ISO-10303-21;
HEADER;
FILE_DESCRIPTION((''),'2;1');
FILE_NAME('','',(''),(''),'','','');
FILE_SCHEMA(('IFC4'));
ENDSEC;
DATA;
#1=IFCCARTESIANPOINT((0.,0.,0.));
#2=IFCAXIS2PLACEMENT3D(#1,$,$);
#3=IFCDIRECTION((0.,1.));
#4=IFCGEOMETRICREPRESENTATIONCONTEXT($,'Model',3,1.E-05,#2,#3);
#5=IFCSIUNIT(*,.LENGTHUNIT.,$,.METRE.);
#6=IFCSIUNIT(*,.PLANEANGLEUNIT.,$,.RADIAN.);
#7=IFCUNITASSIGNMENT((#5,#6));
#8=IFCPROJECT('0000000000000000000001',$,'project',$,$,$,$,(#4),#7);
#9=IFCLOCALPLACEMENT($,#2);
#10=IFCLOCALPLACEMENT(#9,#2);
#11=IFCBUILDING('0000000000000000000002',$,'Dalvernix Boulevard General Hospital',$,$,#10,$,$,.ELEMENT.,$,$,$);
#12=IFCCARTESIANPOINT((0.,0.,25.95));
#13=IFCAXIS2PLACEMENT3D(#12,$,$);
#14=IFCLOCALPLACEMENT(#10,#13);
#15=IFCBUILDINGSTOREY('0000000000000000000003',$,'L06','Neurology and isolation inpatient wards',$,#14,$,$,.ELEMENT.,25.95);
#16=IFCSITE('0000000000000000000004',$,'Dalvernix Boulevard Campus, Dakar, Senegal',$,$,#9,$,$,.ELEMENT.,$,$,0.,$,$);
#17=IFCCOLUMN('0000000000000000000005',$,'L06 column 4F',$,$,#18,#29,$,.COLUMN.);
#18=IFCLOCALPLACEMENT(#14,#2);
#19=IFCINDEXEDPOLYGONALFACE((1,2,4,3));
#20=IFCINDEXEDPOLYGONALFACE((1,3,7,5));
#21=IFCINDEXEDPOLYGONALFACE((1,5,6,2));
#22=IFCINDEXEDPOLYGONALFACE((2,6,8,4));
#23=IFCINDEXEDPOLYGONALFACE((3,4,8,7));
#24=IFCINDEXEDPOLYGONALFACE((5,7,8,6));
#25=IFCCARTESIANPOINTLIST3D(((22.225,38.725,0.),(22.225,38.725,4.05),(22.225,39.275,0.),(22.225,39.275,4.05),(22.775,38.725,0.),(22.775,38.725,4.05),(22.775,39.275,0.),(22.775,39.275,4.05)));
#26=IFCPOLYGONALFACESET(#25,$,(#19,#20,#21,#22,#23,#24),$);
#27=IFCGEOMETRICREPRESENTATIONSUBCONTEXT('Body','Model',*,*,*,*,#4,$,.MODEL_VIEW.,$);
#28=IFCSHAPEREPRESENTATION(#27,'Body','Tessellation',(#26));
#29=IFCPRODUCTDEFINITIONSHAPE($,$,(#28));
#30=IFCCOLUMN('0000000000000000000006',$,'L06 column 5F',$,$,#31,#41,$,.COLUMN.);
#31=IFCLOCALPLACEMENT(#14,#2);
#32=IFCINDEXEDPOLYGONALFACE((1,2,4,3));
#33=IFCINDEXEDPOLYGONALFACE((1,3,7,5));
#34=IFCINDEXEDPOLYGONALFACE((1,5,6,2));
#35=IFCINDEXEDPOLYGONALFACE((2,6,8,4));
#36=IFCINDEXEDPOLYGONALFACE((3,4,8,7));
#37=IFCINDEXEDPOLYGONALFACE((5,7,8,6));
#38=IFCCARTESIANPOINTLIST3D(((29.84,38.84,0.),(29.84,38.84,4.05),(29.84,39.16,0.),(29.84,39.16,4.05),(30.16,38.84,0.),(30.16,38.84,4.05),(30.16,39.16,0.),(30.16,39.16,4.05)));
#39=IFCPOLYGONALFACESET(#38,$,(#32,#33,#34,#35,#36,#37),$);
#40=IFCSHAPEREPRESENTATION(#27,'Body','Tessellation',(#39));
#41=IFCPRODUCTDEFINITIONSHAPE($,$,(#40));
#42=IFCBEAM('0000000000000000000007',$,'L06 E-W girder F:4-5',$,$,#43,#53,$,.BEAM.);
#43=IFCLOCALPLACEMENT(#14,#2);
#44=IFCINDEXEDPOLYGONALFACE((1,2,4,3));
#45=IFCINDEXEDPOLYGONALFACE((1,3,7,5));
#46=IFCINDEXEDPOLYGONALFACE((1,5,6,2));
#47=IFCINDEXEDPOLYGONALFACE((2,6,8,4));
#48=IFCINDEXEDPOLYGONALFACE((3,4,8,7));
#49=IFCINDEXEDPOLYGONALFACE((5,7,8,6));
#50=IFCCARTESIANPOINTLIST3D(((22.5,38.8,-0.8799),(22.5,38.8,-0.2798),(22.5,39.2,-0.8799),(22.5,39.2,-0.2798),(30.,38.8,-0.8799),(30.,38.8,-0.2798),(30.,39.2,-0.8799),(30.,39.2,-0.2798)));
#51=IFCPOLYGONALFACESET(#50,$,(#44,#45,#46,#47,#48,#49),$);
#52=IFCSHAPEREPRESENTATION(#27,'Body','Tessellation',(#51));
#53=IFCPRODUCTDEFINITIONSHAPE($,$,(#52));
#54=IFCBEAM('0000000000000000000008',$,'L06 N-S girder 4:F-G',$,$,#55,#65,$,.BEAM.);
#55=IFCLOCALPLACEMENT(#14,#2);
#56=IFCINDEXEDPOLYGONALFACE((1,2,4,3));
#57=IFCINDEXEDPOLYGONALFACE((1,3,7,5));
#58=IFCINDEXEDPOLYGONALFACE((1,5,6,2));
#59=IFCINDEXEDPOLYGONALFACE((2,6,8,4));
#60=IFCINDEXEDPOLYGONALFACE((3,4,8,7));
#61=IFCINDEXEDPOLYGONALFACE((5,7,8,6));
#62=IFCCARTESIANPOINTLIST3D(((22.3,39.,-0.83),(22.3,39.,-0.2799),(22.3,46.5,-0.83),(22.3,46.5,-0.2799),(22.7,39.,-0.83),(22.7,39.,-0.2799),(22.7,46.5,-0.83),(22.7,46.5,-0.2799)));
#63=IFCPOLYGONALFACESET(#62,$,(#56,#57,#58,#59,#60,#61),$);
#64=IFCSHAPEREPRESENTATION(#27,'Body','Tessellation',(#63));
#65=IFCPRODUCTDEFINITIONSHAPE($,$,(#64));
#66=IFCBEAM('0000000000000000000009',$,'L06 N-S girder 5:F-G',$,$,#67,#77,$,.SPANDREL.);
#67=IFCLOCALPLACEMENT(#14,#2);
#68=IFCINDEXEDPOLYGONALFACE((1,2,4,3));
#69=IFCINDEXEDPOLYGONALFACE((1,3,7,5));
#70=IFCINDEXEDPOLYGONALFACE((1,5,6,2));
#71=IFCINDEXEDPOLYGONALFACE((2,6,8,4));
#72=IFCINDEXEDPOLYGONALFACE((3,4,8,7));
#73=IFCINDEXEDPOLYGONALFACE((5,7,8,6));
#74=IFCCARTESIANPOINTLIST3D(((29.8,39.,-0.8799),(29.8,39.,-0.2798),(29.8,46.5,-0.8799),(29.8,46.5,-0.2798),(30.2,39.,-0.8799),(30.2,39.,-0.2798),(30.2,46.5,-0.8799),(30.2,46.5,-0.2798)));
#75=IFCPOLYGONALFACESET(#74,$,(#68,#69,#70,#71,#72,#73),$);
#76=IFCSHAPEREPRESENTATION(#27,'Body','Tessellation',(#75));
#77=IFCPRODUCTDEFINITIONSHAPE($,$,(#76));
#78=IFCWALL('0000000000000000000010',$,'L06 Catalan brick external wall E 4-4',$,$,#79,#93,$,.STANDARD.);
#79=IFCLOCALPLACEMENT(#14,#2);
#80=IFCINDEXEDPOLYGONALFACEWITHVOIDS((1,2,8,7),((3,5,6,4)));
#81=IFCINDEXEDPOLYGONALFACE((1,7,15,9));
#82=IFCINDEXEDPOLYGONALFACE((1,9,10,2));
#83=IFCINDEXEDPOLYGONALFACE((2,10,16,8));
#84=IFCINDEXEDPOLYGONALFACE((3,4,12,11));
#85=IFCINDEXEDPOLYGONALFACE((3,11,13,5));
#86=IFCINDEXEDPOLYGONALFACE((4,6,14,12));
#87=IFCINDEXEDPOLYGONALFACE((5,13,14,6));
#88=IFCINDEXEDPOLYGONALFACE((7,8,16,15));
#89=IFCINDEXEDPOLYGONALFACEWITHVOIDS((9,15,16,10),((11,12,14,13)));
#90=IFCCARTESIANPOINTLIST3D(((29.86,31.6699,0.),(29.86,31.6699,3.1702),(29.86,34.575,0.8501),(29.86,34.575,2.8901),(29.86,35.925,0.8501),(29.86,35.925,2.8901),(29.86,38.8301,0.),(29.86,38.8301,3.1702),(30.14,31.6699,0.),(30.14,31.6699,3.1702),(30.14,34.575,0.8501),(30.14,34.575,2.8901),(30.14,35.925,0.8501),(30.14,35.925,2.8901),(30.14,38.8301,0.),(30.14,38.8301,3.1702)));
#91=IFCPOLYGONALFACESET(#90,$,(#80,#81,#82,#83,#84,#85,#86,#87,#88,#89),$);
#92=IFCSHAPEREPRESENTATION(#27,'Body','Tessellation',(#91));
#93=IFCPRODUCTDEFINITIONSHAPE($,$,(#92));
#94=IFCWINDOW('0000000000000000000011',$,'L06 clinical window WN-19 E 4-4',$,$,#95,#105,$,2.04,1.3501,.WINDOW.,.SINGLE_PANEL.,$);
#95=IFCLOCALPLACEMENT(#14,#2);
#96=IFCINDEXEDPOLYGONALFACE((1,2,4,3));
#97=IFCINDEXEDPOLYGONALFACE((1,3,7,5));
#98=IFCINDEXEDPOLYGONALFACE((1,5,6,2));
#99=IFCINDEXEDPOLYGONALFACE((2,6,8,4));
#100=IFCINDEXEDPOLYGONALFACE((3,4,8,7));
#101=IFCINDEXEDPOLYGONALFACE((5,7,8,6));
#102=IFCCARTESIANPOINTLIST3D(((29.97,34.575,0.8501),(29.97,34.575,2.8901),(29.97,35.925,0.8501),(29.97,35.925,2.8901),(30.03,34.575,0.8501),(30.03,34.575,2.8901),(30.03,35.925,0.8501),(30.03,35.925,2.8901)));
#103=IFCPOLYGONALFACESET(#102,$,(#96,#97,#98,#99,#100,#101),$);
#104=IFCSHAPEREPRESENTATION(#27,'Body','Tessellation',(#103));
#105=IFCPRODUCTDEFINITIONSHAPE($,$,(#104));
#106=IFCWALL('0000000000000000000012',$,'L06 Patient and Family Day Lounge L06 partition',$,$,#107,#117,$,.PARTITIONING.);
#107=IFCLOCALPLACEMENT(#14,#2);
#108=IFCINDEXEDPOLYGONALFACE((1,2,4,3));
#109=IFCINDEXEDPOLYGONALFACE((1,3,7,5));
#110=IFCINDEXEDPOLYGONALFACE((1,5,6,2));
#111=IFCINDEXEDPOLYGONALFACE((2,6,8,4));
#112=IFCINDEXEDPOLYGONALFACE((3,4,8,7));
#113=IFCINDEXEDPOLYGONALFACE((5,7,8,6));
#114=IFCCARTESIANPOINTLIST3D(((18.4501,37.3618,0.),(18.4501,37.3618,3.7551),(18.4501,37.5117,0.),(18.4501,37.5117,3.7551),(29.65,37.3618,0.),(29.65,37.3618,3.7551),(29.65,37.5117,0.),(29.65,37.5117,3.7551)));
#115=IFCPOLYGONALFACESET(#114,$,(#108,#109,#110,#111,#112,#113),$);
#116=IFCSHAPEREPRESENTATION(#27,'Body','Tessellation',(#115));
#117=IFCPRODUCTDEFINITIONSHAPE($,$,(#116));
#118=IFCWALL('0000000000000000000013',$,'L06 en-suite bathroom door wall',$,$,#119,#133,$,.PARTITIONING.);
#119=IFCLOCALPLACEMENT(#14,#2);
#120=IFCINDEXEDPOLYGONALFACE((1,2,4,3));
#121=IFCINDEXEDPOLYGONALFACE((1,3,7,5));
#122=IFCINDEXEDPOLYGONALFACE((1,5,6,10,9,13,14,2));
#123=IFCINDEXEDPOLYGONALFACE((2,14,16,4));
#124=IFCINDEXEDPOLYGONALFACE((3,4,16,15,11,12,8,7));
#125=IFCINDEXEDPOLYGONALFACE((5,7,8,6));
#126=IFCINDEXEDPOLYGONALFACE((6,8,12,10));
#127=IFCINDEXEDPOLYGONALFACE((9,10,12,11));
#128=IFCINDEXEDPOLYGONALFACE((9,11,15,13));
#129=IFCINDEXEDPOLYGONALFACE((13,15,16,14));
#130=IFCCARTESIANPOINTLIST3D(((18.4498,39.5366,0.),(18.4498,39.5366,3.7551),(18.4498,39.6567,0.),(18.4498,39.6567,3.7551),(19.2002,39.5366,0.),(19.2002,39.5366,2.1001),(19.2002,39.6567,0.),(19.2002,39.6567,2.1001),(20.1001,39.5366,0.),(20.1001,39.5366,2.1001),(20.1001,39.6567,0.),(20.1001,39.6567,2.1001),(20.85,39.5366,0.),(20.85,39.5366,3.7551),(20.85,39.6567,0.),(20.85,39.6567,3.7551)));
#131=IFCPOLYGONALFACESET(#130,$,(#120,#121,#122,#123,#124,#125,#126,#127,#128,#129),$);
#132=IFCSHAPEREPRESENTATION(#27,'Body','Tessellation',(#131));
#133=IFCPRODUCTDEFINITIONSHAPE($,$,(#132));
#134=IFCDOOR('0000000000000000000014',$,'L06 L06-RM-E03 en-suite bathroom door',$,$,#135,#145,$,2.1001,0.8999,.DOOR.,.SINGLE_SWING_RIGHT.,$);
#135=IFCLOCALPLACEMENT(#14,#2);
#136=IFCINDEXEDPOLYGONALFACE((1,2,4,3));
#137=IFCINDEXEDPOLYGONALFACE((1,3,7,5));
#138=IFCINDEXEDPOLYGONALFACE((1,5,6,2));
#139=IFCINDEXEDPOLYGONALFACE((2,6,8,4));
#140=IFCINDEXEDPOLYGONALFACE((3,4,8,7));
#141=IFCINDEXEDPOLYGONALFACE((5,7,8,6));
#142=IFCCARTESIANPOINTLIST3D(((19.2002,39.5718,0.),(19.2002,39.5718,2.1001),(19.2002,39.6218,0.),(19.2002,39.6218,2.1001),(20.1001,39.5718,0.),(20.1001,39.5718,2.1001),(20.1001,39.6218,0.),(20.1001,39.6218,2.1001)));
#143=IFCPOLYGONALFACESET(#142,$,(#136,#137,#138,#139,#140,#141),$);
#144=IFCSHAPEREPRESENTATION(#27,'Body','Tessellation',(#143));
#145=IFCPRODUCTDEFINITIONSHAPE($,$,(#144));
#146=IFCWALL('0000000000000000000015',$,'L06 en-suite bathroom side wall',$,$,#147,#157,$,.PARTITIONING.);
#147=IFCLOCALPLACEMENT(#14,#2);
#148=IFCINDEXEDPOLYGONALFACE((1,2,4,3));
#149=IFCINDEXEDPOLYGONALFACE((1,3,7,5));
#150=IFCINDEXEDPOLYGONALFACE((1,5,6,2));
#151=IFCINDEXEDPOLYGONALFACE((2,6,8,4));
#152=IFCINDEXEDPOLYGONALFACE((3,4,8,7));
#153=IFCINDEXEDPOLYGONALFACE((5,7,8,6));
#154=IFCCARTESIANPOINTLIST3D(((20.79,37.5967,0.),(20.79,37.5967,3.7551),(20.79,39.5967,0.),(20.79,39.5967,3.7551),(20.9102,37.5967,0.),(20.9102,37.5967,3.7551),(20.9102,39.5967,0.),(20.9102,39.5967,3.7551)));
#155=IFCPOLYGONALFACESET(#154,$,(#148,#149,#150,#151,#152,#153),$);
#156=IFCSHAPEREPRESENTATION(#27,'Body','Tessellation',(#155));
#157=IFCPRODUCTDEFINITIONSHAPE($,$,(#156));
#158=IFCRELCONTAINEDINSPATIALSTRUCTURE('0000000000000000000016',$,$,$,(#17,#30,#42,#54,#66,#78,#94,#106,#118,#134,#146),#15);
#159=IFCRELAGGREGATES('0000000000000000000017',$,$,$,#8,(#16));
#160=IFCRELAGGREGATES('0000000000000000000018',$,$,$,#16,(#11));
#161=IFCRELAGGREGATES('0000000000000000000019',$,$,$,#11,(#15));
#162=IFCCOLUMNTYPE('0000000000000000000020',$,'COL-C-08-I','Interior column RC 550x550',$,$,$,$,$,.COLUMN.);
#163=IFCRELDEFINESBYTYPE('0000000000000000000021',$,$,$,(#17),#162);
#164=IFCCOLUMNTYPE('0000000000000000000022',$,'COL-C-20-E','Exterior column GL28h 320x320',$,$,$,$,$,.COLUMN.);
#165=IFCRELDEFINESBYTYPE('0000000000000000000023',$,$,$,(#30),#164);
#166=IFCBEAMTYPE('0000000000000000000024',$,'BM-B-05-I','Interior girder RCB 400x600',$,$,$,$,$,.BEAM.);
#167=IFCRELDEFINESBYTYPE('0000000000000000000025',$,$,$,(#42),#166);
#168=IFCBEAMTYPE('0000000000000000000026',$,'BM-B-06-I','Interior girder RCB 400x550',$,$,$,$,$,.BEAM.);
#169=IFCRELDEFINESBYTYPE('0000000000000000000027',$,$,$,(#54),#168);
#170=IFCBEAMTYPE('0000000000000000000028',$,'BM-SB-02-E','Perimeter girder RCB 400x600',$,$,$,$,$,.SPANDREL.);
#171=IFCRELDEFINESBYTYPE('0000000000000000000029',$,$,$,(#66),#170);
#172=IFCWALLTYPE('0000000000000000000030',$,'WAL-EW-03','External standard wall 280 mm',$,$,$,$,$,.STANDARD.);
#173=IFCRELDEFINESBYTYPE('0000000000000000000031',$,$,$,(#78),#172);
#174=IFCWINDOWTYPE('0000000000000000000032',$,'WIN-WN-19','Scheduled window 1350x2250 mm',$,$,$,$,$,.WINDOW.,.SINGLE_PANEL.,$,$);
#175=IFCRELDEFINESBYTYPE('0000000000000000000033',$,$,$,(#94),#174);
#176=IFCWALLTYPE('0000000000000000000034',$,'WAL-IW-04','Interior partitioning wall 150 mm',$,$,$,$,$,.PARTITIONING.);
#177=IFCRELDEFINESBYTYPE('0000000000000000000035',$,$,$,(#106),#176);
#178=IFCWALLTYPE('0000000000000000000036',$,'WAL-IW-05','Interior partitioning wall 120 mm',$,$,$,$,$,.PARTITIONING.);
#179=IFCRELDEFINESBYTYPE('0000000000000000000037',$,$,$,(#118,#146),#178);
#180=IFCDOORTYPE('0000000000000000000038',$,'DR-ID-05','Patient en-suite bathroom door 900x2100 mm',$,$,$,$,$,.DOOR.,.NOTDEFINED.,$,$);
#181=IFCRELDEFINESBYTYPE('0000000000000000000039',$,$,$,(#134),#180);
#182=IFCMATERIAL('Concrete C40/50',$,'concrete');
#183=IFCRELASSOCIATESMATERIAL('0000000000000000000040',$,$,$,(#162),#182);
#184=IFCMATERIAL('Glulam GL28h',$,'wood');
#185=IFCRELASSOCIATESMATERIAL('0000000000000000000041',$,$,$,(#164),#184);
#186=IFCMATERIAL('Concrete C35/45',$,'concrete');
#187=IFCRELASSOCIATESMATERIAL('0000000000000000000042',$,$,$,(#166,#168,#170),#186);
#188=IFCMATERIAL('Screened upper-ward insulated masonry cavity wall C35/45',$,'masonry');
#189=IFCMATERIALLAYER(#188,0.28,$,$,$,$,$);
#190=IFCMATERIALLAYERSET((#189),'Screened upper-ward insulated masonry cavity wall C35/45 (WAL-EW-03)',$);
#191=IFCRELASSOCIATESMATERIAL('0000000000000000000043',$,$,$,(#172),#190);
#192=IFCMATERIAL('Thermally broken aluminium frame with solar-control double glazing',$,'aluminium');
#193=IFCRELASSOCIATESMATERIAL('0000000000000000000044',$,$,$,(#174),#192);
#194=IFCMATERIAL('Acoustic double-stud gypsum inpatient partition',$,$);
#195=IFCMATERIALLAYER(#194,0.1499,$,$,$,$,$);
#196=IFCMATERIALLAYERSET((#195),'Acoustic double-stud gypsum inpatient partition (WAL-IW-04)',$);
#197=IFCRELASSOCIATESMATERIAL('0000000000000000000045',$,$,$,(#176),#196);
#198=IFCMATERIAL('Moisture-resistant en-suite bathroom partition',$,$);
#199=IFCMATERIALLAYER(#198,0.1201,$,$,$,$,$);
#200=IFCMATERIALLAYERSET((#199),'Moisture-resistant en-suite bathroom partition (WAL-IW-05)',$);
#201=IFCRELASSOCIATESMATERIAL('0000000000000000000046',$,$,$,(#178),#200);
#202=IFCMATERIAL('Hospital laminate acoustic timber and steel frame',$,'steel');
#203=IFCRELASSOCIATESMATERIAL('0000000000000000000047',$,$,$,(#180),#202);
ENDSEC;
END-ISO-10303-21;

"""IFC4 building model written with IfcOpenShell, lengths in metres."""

from ifc_helpers import new_model, si_unit, direction, frame, frame_2d, origin, origin_2d, place, context, subcontext, project, spatial, rectangle, extrude, material, layer, layer_set, material_profile, profile_set, type_object, element, fill, save


model = new_model("IFC4")

# Units and contexts
model_context = context("Model", 3, precision=1e-05, world=origin(), true_north=direction((0.0, 1.0)))
body_context = subcontext(model_context, "Body", "Model", "MODEL_VIEW")
ifc_project = project(units=[si_unit("LENGTHUNIT", "METRE"), si_unit("PLANEANGLEUNIT", "RADIAN")], contexts=[model_context])

# Site, building, storey
site_placement = place(None, origin())
site = spatial("IfcSite", under=ifc_project, at=site_placement, Name="Dalvernix Boulevard Campus, Dakar, Senegal", CompositionType="ELEMENT", RefElevation=0.0)
building_placement = place(site_placement, origin())
building = spatial("IfcBuilding", under=site, at=building_placement, Name="Dalvernix Boulevard General Hospital", CompositionType="ELEMENT")
storey_placement = place(building_placement, frame((0.0, 0.0, 25.95)))
storey = spatial("IfcBuildingStorey", under=building, at=storey_placement, Name="L06", Description="Neurology and isolation inpatient wards", CompositionType="ELEMENT", Elevation=25.95)

# Columns
ifc_material_1 = material(Name="Concrete C40/50", Category="concrete")
ifc_material_profile_1 = material_profile(ifc_material_1, rectangle(XDim=0.55, YDim=0.55, at=origin_2d()), Name="RC 550x550")
ifc_profile_set_1 = profile_set([ifc_material_profile_1], Name="Concrete C40/50")
column_type_1 = type_object("IfcColumnType", Name="COL-C-08-I", Description="Interior column RC 550x550", PredefinedType="COLUMN", material=ifc_profile_set_1)
column_1_placement = place(storey_placement, frame((22.5, 39.0, 0.0), z_axis=(0.0, 0.0, 1.0), x_axis=(1.0, 0.0, 0.0)))
element("IfcColumn", 1, at=column_1_placement, inside=storey, type_object=column_type_1, Name="L06 column 4F", PredefinedType="COLUMN", context=body_context, shape_type="SweptSolid", body=[
    extrude(rectangle(XDim=0.55, YDim=0.55, at=origin_2d()), origin(), (0.0, 0.0, 1.0), 4.05),
])
ifc_material_2 = material(Name="Glulam GL28h", Category="wood")
ifc_material_profile_2 = material_profile(ifc_material_2, rectangle(XDim=0.3201, YDim=0.3201, at=origin_2d()), Name="GL28h 320x320")
ifc_profile_set_2 = profile_set([ifc_material_profile_2], Name="Glulam GL28h")
column_type_2 = type_object("IfcColumnType", Name="COL-C-20-E", Description="Exterior column GL28h 320x320", PredefinedType="COLUMN", material=ifc_profile_set_2)
column_2_placement = place(storey_placement, frame((30.0, 39.0, 0.0), z_axis=(0.0, 0.0, 1.0), x_axis=(1.0, 0.0, 0.0)))
element("IfcColumn", 2, at=column_2_placement, inside=storey, type_object=column_type_2, Name="L06 column 5F", PredefinedType="COLUMN", context=body_context, shape_type="SweptSolid", body=[
    extrude(rectangle(XDim=0.3201, YDim=0.3201, at=origin_2d()), origin(), (0.0, 0.0, 1.0), 4.05),
])

# Beams
ifc_material_3 = material(Name="Concrete C35/45", Category="concrete")
ifc_material_profile_3 = material_profile(ifc_material_3, rectangle(XDim=0.3999, YDim=0.6001, at=origin_2d()), Name="RCB 400x600")
ifc_profile_set_3 = profile_set([ifc_material_profile_3], Name="Concrete C35/45")
beam_type_1 = type_object("IfcBeamType", Name="BM-B-05-I", Description="Interior girder RCB 400x600", PredefinedType="BEAM", material=ifc_profile_set_3)
beam_1_placement = place(storey_placement, frame((22.5, 39.0, -0.5798), z_axis=(1.0, 0.0, 0.0), x_axis=(0.0, 1.0, 0.0)))
element("IfcBeam", 3, at=beam_1_placement, inside=storey, type_object=beam_type_1, Name="L06 E-W girder F:4-5", PredefinedType="BEAM", context=body_context, shape_type="SweptSolid", body=[
    extrude(rectangle(XDim=0.3999, YDim=0.6001, at=origin_2d()), origin(), (0.0, 0.0, 1.0), 7.5),
])
ifc_material_profile_4 = material_profile(ifc_material_3, rectangle(XDim=0.3999, YDim=0.55, at=origin_2d()), Name="RCB 400x550")
ifc_profile_set_4 = profile_set([ifc_material_profile_4], Name="Concrete C35/45")
beam_type_2 = type_object("IfcBeamType", Name="BM-B-06-I", Description="Interior girder RCB 400x550", PredefinedType="BEAM", material=ifc_profile_set_4)
beam_2_placement = place(storey_placement, frame((22.5, 39.0, -0.5549), z_axis=(0.0, 1.0, 0.0), x_axis=(-1.0, 0.0, 0.0)))
element("IfcBeam", 4, at=beam_2_placement, inside=storey, type_object=beam_type_2, Name="L06 N-S girder 4:F-G", PredefinedType="BEAM", context=body_context, shape_type="SweptSolid", body=[
    extrude(rectangle(XDim=0.3999, YDim=0.55, at=origin_2d()), origin(), (0.0, 0.0, 1.0), 7.5),
])
ifc_material_profile_5 = material_profile(ifc_material_3, rectangle(XDim=0.3999, YDim=0.6001, at=origin_2d()), Name="RCB 400x600")
ifc_profile_set_5 = profile_set([ifc_material_profile_5], Name="Concrete C35/45")
beam_type_3 = type_object("IfcBeamType", Name="BM-SB-02-E", Description="Perimeter girder RCB 400x600", PredefinedType="SPANDREL", material=ifc_profile_set_5)
beam_3_placement = place(storey_placement, frame((30.0, 39.0, -0.5798), z_axis=(0.0, 1.0, 0.0), x_axis=(-1.0, 0.0, 0.0)))
element("IfcBeam", 5, at=beam_3_placement, inside=storey, type_object=beam_type_3, Name="L06 N-S girder 5:F-G", PredefinedType="SPANDREL", context=body_context, shape_type="SweptSolid", body=[
    extrude(rectangle(XDim=0.3999, YDim=0.6001, at=origin_2d()), origin(), (0.0, 0.0, 1.0), 7.5),
])

# Wall, opening, window
ifc_material_4 = material(Name="Screened upper-ward insulated masonry cavity wall C35/45", Category="masonry")
ifc_layer_1 = layer(ifc_material_4, 0.28)
ifc_layer_set_1 = layer_set([ifc_layer_1], Name="Screened upper-ward insulated masonry cavity wall C35/45 (WAL-EW-03)")
wall_type_1 = type_object("IfcWallType", Name="WAL-EW-03", Description="External standard wall 280 mm", PredefinedType="STANDARD", material=ifc_layer_set_1)
wall_1_placement = place(storey_placement, frame((30.0, 38.8301, 0.0), z_axis=(0.0, 0.0, 1.0), x_axis=(0.0, -1.0, 0.0)))
wall_1 = element("IfcWall", 6, at=wall_1_placement, inside=storey, type_object=wall_type_1, Name="L06 Catalan brick external wall E 4-4", PredefinedType="STANDARD", context=body_context, shape_type="SweptSolid", body=[
    extrude(rectangle(XDim=7.1602, YDim=0.28, at=frame_2d((3.5801, 0.0))), origin(), (0.0, 0.0, 1.0), 3.1702),
])
opening_1_placement = place(wall_1_placement, frame((2.905, 0.0, 0.8501)))
opening_1 = element("IfcOpeningElement", 7, at=opening_1_placement, cuts=wall_1, PredefinedType="OPENING", context=body_context, shape_type="SweptSolid", body=[
    extrude(rectangle(XDim=1.3501, YDim=2.04, at=frame_2d((0.675, 1.02))), frame((0.0, 0.1499, 0.0), z_axis=(0.0, -1.0, 0.0), x_axis=(1.0, 0.0, 0.0)), (0.0, 0.0, 1.0), 0.3),
])
ifc_material_5 = material(Name="Thermally broken aluminium frame with solar-control double glazing", Category="aluminium")
window_type = type_object("IfcWindowType", Name="WIN-WN-19", Description="Scheduled window 1350x2250 mm", PartitioningType="SINGLE_PANEL", PredefinedType="WINDOW", material=ifc_material_5)
window_placement = place(opening_1_placement, origin())
window = element("IfcWindow", 8, at=window_placement, inside=storey, type_object=window_type, Name="L06 clinical window WN-19 E 4-4", OverallHeight=2.04, OverallWidth=1.3501, PartitioningType="SINGLE_PANEL", PredefinedType="WINDOW", context=body_context, shape_type="SweptSolid", body=[
    extrude(rectangle(XDim=1.3501, YDim=2.04, at=frame_2d((0.675, 1.02))), frame((0.0, 0.03, 0.0), z_axis=(0.0, -1.0, 0.0), x_axis=(1.0, 0.0, 0.0)), (0.0, 0.0, 1.0), 0.0601),
])
fill(opening_1, window)

# Wall
ifc_material_6 = material(Name="Acoustic double-stud gypsum inpatient partition")
ifc_layer_2 = layer(ifc_material_6, 0.1499)
ifc_layer_set_2 = layer_set([ifc_layer_2], Name="Acoustic double-stud gypsum inpatient partition (WAL-IW-04)")
wall_type_2 = type_object("IfcWallType", Name="WAL-IW-04", Description="Interior partitioning wall 150 mm", PredefinedType="PARTITIONING", material=ifc_layer_set_2)
wall_2_placement = place(storey_placement, frame((18.45, 37.4368, 0.0), z_axis=(0.0, 0.0, 1.0), x_axis=(1.0, 0.0, 0.0)))
element("IfcWall", 9, at=wall_2_placement, inside=storey, type_object=wall_type_2, Name="L06 Patient and Family Day Lounge L06 partition", PredefinedType="PARTITIONING", context=body_context, shape_type="SweptSolid", body=[
    extrude(rectangle(XDim=11.2, YDim=0.1499, at=frame_2d((5.6001, 0.0))), origin(), (0.0, 0.0, 1.0), 3.7551),
])

# Wall, opening, door
ifc_material_7 = material(Name="Moisture-resistant en-suite bathroom partition")
ifc_layer_3 = layer(ifc_material_7, 0.1201)
ifc_layer_set_3 = layer_set([ifc_layer_3], Name="Moisture-resistant en-suite bathroom partition (WAL-IW-05)")
wall_type_3 = type_object("IfcWallType", Name="WAL-IW-05", Description="Interior partitioning wall 120 mm", PredefinedType="PARTITIONING", material=ifc_layer_set_3)
wall_3_placement = place(storey_placement, frame((20.8501, 39.5967, 0.0), z_axis=(0.0, 0.0, 1.0), x_axis=(-1.0, 0.0, 0.0)))
wall_3 = element("IfcWall", 10, at=wall_3_placement, inside=storey, type_object=wall_type_3, Name="L06 en-suite bathroom door wall", PredefinedType="PARTITIONING", context=body_context, shape_type="SweptSolid", body=[
    extrude(rectangle(XDim=2.4001, YDim=0.1201, at=frame_2d((1.2002, 0.0))), origin(), (0.0, 0.0, 1.0), 3.7551),
])
opening_2_placement = place(wall_3_placement, frame((0.75, 0.0, 0.0)))
opening_2 = element("IfcOpeningElement", 11, at=opening_2_placement, cuts=wall_3, PredefinedType="OPENING", context=body_context, shape_type="SweptSolid", body=[
    extrude(rectangle(XDim=0.8999, YDim=2.1001, at=frame_2d((0.45, 1.05))), frame((0.0, 0.0701, 0.0), z_axis=(0.0, -1.0, 0.0), x_axis=(1.0, 0.0, 0.0)), (0.0, 0.0, 1.0), 0.1401),
])
ifc_material_8 = material(Name="Hospital laminate acoustic timber and steel frame", Category="steel")
door_type_1 = type_object("IfcDoorType", Name="DR-ID-05", Description="Patient en-suite bathroom door 900x2100 mm", OperationType="NOTDEFINED", PredefinedType="DOOR", material=ifc_material_8)
door_1_placement = place(opening_2_placement, origin())
door_1 = element("IfcDoor", 12, at=door_1_placement, inside=storey, type_object=door_type_1, Name="L06 L06-RM-E03 en-suite bathroom door", OperationType="SINGLE_SWING_RIGHT", OverallHeight=2.1001, OverallWidth=0.8999, PredefinedType="DOOR", context=body_context, shape_type="SweptSolid", body=[
    extrude(rectangle(XDim=0.8999, YDim=2.1001, at=frame_2d((0.45, 1.05))), frame((0.0, 0.0249, 0.0), z_axis=(0.0, -1.0, 0.0), x_axis=(1.0, 0.0, 0.0)), (0.0, 0.0, 1.0), 0.05),
])
fill(opening_2, door_1)

# Wall
wall_4_placement = place(storey_placement, frame((20.8501, 37.5967, 0.0), z_axis=(0.0, 0.0, 1.0), x_axis=(0.0, 1.0, 0.0)))
element("IfcWall", 13, at=wall_4_placement, inside=storey, type_object=wall_type_3, Name="L06 en-suite bathroom side wall", PredefinedType="PARTITIONING", context=body_context, shape_type="SweptSolid", body=[
    extrude(rectangle(XDim=2.0, YDim=0.1201, at=frame_2d((1.0, 0.0))), origin(), (0.0, 0.0, 1.0), 3.7551),
])

save(model, "model.ifc")
